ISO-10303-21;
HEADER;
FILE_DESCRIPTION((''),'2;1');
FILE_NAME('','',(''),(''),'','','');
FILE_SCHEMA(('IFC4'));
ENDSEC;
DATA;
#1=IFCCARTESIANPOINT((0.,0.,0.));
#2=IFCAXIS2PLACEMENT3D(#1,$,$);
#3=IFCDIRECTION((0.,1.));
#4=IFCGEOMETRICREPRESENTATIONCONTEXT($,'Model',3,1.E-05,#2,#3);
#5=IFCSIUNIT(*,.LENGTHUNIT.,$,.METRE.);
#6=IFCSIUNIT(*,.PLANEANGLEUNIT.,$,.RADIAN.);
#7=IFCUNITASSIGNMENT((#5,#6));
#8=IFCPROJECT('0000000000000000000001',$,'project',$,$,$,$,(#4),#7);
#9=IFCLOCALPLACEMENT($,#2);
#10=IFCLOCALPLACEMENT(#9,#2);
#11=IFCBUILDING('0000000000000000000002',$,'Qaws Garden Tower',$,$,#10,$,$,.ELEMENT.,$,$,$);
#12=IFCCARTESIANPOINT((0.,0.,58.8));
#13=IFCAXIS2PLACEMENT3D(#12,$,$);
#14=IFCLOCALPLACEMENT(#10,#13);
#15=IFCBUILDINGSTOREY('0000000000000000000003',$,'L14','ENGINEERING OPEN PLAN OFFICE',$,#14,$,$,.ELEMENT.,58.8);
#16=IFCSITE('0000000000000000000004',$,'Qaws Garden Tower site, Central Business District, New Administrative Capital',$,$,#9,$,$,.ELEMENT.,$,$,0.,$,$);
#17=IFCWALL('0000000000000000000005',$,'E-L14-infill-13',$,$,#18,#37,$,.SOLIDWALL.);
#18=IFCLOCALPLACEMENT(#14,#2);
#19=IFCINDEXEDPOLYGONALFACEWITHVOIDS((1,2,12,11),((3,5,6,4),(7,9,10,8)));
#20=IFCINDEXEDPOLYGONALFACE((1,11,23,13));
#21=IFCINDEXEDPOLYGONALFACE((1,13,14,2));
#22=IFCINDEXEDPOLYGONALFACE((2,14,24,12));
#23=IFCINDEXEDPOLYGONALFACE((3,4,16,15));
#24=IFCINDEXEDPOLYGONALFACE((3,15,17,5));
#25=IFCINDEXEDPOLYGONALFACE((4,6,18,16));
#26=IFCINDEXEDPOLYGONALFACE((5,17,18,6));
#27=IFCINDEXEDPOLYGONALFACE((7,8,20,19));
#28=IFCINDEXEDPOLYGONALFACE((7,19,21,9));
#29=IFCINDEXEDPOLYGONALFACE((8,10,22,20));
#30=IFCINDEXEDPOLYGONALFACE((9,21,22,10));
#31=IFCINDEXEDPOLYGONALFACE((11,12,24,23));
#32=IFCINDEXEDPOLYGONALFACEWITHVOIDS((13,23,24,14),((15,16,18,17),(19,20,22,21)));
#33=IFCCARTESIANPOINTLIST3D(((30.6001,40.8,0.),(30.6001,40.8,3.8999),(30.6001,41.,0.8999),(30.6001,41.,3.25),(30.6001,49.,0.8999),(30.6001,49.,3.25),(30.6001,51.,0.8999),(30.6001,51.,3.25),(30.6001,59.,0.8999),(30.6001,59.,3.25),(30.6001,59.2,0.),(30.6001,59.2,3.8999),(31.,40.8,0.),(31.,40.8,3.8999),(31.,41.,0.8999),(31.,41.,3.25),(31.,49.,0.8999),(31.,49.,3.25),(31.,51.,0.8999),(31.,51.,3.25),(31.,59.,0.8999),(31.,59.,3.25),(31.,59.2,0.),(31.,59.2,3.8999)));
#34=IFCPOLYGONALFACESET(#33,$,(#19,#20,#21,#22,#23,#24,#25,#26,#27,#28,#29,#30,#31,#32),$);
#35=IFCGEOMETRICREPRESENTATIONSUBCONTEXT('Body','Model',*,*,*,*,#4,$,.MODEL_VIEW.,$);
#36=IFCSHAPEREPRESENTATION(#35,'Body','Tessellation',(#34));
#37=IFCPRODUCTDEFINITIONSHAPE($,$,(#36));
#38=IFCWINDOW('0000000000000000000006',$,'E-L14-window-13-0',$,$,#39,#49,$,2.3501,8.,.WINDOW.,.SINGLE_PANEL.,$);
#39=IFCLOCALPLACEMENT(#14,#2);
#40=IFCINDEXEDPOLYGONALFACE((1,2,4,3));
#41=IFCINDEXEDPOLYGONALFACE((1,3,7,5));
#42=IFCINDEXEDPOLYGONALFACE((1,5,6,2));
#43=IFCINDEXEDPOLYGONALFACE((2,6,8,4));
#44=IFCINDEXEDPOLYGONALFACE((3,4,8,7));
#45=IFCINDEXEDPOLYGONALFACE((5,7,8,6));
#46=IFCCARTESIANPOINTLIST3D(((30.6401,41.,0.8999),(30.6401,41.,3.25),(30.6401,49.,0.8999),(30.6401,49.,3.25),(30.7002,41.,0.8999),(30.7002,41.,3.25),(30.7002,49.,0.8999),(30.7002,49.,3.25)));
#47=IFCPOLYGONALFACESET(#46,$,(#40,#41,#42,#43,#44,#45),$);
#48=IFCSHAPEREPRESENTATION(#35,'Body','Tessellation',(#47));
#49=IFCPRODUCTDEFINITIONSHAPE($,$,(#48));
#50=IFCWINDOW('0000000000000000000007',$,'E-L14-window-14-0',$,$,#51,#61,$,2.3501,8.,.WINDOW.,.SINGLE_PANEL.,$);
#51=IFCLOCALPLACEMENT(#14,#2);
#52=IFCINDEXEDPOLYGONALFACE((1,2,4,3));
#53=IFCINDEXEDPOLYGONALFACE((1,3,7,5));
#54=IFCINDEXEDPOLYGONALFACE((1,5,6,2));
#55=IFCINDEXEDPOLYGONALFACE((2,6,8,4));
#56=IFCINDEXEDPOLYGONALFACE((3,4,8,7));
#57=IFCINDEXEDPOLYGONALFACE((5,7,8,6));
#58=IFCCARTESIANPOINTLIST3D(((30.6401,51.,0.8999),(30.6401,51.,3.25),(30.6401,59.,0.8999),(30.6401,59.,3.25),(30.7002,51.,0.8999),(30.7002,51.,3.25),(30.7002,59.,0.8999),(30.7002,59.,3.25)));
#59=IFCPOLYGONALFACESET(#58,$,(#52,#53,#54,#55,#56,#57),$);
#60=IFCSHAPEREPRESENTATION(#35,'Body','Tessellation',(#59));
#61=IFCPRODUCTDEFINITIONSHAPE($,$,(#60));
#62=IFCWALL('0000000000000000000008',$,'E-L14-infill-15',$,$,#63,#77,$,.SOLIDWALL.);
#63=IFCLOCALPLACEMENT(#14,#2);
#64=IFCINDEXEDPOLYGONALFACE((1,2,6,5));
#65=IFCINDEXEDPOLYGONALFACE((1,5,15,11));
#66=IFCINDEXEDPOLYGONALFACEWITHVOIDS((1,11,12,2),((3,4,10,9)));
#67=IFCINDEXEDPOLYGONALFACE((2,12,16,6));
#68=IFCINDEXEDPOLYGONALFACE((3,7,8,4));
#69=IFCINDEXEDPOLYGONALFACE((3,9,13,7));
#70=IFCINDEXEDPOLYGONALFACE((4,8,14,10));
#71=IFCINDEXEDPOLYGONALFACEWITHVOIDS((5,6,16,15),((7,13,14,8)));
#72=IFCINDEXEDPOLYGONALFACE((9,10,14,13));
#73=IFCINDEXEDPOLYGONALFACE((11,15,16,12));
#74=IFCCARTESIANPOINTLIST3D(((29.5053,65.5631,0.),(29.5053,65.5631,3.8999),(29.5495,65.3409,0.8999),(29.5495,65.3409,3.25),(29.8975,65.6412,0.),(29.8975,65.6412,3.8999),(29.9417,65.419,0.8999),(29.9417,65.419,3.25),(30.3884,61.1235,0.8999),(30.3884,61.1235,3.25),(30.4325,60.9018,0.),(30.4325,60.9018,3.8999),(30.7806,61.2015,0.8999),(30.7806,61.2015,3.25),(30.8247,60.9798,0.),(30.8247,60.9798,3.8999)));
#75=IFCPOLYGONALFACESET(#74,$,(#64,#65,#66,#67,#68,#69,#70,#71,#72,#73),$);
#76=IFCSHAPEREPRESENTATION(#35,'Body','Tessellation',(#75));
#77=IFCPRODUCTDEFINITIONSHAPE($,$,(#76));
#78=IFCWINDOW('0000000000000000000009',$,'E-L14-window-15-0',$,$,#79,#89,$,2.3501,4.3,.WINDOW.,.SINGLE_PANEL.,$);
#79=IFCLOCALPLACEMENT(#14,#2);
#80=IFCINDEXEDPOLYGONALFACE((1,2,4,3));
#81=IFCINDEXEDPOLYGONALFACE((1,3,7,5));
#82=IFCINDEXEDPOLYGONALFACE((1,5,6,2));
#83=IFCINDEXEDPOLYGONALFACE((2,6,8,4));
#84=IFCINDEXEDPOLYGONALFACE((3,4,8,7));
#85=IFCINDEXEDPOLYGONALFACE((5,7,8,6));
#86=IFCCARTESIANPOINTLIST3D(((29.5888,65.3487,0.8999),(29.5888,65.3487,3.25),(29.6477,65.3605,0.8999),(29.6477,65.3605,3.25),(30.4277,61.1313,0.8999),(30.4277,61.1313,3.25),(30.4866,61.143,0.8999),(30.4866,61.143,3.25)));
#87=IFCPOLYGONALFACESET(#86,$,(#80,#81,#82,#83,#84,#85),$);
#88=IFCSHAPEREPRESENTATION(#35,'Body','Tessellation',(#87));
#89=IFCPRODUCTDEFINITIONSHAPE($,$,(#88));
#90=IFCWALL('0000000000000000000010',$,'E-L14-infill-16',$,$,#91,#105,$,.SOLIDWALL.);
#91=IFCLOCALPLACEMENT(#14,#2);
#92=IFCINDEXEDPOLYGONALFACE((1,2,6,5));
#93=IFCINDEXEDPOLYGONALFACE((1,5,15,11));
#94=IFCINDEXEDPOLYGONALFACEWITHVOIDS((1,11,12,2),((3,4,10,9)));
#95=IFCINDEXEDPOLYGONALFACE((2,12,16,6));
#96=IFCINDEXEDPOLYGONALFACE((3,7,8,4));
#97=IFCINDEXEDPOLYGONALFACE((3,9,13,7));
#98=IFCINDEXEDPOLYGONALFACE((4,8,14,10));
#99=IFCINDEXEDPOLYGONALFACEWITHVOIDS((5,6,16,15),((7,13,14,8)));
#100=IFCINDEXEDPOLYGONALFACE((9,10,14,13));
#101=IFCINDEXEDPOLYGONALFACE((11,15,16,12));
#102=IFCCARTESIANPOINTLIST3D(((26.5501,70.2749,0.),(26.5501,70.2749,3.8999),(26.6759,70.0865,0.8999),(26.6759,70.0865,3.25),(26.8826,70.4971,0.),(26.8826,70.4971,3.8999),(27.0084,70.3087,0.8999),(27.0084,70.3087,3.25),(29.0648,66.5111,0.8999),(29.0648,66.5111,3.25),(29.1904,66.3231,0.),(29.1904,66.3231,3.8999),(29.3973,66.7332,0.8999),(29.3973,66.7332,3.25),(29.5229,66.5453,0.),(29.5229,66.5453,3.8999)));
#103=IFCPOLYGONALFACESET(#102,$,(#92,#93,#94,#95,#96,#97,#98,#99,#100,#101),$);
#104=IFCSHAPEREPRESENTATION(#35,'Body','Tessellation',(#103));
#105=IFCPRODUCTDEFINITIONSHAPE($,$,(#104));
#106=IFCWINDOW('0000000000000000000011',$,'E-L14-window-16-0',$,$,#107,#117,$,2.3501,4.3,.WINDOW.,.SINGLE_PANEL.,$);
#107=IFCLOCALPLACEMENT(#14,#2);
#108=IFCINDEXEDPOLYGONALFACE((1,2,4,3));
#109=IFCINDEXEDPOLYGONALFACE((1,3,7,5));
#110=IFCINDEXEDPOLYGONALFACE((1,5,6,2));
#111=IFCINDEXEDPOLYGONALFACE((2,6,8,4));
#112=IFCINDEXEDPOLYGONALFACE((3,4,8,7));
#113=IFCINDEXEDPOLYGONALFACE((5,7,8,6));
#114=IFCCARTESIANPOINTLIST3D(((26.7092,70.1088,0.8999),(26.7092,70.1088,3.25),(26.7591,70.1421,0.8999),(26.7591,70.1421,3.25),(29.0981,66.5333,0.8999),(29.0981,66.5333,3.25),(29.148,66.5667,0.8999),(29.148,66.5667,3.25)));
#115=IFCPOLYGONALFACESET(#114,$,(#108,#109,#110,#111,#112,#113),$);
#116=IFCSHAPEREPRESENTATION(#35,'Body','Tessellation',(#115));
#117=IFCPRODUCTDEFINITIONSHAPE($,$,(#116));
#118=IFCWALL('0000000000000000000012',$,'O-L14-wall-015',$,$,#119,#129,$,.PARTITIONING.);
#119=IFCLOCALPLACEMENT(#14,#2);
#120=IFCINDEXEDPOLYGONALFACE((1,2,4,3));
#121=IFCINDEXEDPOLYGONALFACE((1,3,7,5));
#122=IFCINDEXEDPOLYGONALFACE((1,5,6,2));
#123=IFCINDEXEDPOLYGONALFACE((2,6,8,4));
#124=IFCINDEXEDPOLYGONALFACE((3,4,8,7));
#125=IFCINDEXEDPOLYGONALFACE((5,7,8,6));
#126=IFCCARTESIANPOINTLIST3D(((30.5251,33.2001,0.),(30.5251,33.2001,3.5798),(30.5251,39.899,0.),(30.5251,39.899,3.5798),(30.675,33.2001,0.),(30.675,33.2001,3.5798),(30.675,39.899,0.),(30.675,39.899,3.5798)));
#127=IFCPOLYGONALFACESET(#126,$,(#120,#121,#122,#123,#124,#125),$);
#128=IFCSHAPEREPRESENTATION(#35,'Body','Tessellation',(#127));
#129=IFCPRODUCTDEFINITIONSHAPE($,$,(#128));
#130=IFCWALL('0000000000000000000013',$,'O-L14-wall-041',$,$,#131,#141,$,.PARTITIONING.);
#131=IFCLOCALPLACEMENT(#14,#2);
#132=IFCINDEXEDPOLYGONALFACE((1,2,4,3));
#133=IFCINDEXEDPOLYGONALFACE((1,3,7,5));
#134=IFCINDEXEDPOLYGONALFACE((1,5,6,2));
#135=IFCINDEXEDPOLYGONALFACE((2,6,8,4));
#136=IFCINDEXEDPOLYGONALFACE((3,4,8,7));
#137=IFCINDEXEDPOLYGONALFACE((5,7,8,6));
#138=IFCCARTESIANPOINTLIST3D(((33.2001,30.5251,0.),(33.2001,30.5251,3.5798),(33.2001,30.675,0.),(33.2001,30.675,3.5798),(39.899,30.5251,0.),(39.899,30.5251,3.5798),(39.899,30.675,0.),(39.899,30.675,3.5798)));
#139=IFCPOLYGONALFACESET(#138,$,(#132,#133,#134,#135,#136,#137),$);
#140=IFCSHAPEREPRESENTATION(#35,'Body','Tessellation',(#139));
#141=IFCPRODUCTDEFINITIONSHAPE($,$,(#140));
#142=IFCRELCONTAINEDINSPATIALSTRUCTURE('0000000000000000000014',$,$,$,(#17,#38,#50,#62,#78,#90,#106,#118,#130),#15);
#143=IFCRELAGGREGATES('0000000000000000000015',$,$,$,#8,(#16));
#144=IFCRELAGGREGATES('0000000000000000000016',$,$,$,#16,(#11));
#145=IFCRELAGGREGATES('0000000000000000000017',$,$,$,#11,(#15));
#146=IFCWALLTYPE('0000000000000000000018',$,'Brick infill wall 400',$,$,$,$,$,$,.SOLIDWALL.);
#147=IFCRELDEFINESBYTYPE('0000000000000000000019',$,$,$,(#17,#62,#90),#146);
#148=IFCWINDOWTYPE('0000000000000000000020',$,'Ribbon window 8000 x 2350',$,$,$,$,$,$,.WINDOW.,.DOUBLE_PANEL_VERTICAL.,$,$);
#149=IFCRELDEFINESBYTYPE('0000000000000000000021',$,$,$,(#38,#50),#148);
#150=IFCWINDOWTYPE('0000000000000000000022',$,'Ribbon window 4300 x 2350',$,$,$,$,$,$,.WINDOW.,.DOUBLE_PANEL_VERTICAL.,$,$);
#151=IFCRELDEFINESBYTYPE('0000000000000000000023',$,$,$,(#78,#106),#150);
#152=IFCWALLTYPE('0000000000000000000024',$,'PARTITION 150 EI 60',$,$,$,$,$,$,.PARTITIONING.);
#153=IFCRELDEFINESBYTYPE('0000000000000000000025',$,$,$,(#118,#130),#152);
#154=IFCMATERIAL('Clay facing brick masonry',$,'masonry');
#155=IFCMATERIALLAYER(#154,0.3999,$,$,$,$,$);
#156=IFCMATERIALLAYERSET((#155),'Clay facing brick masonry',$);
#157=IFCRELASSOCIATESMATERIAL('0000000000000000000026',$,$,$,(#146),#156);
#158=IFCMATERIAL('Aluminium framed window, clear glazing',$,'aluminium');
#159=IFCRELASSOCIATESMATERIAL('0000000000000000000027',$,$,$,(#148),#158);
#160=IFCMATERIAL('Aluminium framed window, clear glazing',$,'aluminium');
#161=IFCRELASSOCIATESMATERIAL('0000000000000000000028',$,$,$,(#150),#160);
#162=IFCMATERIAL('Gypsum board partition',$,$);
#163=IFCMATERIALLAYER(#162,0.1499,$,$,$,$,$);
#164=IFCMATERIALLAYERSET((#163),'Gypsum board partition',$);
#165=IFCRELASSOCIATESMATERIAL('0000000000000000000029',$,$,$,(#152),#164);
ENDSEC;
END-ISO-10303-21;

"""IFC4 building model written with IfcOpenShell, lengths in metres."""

from ifc_helpers import new_model, si_unit, direction, frame, frame_2d, origin, place, context, subcontext, project, spatial, rectangle, extrude, material, layer, layer_set, type_object, element, fill, save


model = new_model("IFC4")

# Units and contexts
model_context = context("Model", 3, precision=1e-05, world=origin(), true_north=direction((0.0, 1.0)))
body_context = subcontext(model_context, "Body", "Model", "MODEL_VIEW")
ifc_project = project(units=[si_unit("LENGTHUNIT", "METRE"), si_unit("PLANEANGLEUNIT", "RADIAN")], contexts=[model_context])

# Site, building, storey
site_placement = place(None, origin())
site = spatial("IfcSite", under=ifc_project, at=site_placement, Name="Qaws Garden Tower site, Central Business District, New Administrative Capital", CompositionType="ELEMENT", RefElevation=0.0)
building_placement = place(site_placement, origin())
building = spatial("IfcBuilding", under=site, at=building_placement, Name="Qaws Garden Tower", CompositionType="ELEMENT")
storey_placement = place(building_placement, frame((0.0, 0.0, 58.8)))
storey = spatial("IfcBuildingStorey", under=building, at=storey_placement, Name="L14", Description="ENGINEERING OPEN PLAN OFFICE", CompositionType="ELEMENT", Elevation=58.8)

# Shared definitions
ifc_material_1 = material(Name="Clay facing brick masonry", Category="masonry")
ifc_layer_1 = layer(ifc_material_1, 0.3999)
ifc_layer_set_1 = layer_set([ifc_layer_1], Name="Clay facing brick masonry")
wall_type_1 = type_object("IfcWallType", Name="Brick infill wall 400", PredefinedType="SOLIDWALL", material=ifc_layer_set_1)
ifc_material_2 = material(Name="Aluminium framed window, clear glazing", Category="aluminium")
window_type_1 = type_object("IfcWindowType", Name="Ribbon window 8000 x 2350", PartitioningType="DOUBLE_PANEL_VERTICAL", PredefinedType="WINDOW", material=ifc_material_2)

# Wall, openings, windows
wall_1_placement = place(storey_placement, frame((30.8, 40.8, 0.0), z_axis=(0.0, 0.0, 1.0), x_axis=(0.0, 1.0, 0.0)))
wall_1 = element("IfcWall", 1, at=wall_1_placement, inside=storey, type_object=wall_type_1, Name="E-L14-infill-13", PredefinedType="SOLIDWALL", context=body_context, shape_type="SweptSolid", body=[
    extrude(rectangle(XDim=18.3999, YDim=0.3999, at=frame_2d((9.2, 0.0))), origin(), (0.0, 0.0, 1.0), 3.8999),
])
opening_1_placement = place(wall_1_placement, frame((0.2, 0.0, 0.8999)))
opening_1 = element("IfcOpeningElement", 2, at=opening_1_placement, cuts=wall_1, PredefinedType="OPENING", context=body_context, shape_type="SweptSolid", body=[
    extrude(rectangle(XDim=8.0, YDim=2.3501, at=frame_2d((4.0, 1.175))), frame((0.0, 0.21, 0.0), z_axis=(0.0, -1.0, 0.0), x_axis=(1.0, 0.0, 0.0)), (0.0, 0.0, 1.0), 0.4199),
])
opening_2_placement = place(wall_1_placement, frame((10.2, 0.0, 0.8999)))
opening_2 = element("IfcOpeningElement", 3, at=opening_2_placement, cuts=wall_1, PredefinedType="OPENING", context=body_context, shape_type="SweptSolid", body=[
    extrude(rectangle(XDim=8.0, YDim=2.3501, at=frame_2d((4.0, 1.175))), frame((0.0, 0.21, 0.0), z_axis=(0.0, -1.0, 0.0), x_axis=(1.0, 0.0, 0.0)), (0.0, 0.0, 1.0), 0.4199),
])
window_1_placement = place(opening_1_placement, origin())
window_1 = element("IfcWindow", 4, at=window_1_placement, inside=storey, type_object=window_type_1, Name="E-L14-window-13-0", OverallHeight=2.3501, OverallWidth=8.0, PartitioningType="SINGLE_PANEL", PredefinedType="WINDOW", context=body_context, shape_type="SweptSolid", body=[
    extrude(rectangle(XDim=8.0, YDim=2.3501, at=frame_2d((4.0, 1.175))), frame((0.0, 0.1599, 0.0), z_axis=(0.0, -1.0, 0.0), x_axis=(1.0, 0.0, 0.0)), (0.0, 0.0, 1.0), 0.0601),
])
fill(opening_1, window_1)
window_2_placement = place(opening_2_placement, origin())
window_2 = element("IfcWindow", 5, at=window_2_placement, inside=storey, type_object=window_type_1, Name="E-L14-window-14-0", OverallHeight=2.3501, OverallWidth=8.0, PartitioningType="SINGLE_PANEL", PredefinedType="WINDOW", context=body_context, shape_type="SweptSolid", body=[
    extrude(rectangle(XDim=8.0, YDim=2.3501, at=frame_2d((4.0, 1.175))), frame((0.0, 0.1599, 0.0), z_axis=(0.0, -1.0, 0.0), x_axis=(1.0, 0.0, 0.0)), (0.0, 0.0, 1.0), 0.0601),
])
fill(opening_2, window_2)

# Walls, openings, windows
wall_2_placement = place(storey_placement, frame((30.6287, 60.9407, 0.0), z_axis=(0.0, 0.0, 1.0), x_axis=(-0.195099, 0.980784, 0.0)))
wall_2 = element("IfcWall", 6, at=wall_2_placement, inside=storey, type_object=wall_type_1, Name="E-L14-infill-15", PredefinedType="SOLIDWALL", context=body_context, shape_type="SweptSolid", body=[
    extrude(rectangle(XDim=4.7527, YDim=0.3999, at=frame_2d((2.3765, 0.0))), origin(), (0.0, 0.0, 1.0), 3.8999),
])
opening_3_placement = place(wall_2_placement, frame((0.2263, 0.0, 0.8999)))
opening_3 = element("IfcOpeningElement", 7, at=opening_3_placement, cuts=wall_2, PredefinedType="OPENING", context=body_context, shape_type="SweptSolid", body=[
    extrude(rectangle(XDim=4.3, YDim=2.3501, at=frame_2d((2.1499, 1.175))), frame((0.0, 0.21, 0.0), z_axis=(0.0, -1.0, 0.0), x_axis=(1.0, 0.0, 0.0)), (0.0, 0.0, 1.0), 0.4199),
])
ifc_material_3 = material(Name="Aluminium framed window, clear glazing", Category="aluminium")
window_type_2 = type_object("IfcWindowType", Name="Ribbon window 4300 x 2350", PartitioningType="DOUBLE_PANEL_VERTICAL", PredefinedType="WINDOW", material=ifc_material_3)
window_3_placement = place(opening_3_placement, origin())
window_3 = element("IfcWindow", 8, at=window_3_placement, inside=storey, type_object=window_type_2, Name="E-L14-window-15-0", OverallHeight=2.3501, OverallWidth=4.3, PartitioningType="SINGLE_PANEL", PredefinedType="WINDOW", context=body_context, shape_type="SweptSolid", body=[
    extrude(rectangle(XDim=4.3, YDim=2.3501, at=frame_2d((2.1499, 1.175))), frame((0.0, 0.1599, 0.0), z_axis=(0.0, -1.0, 0.0), x_axis=(1.0, 0.0, 0.0)), (0.0, 0.0, 1.0), 0.0601),
])
fill(opening_3, window_3)
wall_3_placement = place(storey_placement, frame((29.3567, 66.4341, 0.0), z_axis=(0.0, 0.0, 1.0), x_axis=(-0.555542, 0.831489, 0.0)))
wall_3 = element("IfcWall", 9, at=wall_3_placement, inside=storey, type_object=wall_type_1, Name="E-L14-infill-16", PredefinedType="SOLIDWALL", context=body_context, shape_type="SweptSolid", body=[
    extrude(rectangle(XDim=4.7527, YDim=0.3999, at=frame_2d((2.3765, 0.0))), origin(), (0.0, 0.0, 1.0), 3.8999),
])
opening_4_placement = place(wall_3_placement, frame((0.2263, 0.0, 0.8999)))
opening_4 = element("IfcOpeningElement", 10, at=opening_4_placement, cuts=wall_3, PredefinedType="OPENING", context=body_context, shape_type="SweptSolid", body=[
    extrude(rectangle(XDim=4.3, YDim=2.3501, at=frame_2d((2.1499, 1.175))), frame((0.0, 0.21, 0.0), z_axis=(0.0, -1.0, 0.0), x_axis=(1.0, 0.0, 0.0)), (0.0, 0.0, 1.0), 0.4199),
])
window_4_placement = place(opening_4_placement, origin())
window_4 = element("IfcWindow", 11, at=window_4_placement, inside=storey, type_object=window_type_2, Name="E-L14-window-16-0", OverallHeight=2.3501, OverallWidth=4.3, PartitioningType="SINGLE_PANEL", PredefinedType="WINDOW", context=body_context, shape_type="SweptSolid", body=[
    extrude(rectangle(XDim=4.3, YDim=2.3501, at=frame_2d((2.1499, 1.175))), frame((0.0, 0.1599, 0.0), z_axis=(0.0, -1.0, 0.0), x_axis=(1.0, 0.0, 0.0)), (0.0, 0.0, 1.0), 0.0601),
])
fill(opening_4, window_4)

# Walls
ifc_material_4 = material(Name="Gypsum board partition")
ifc_layer_2 = layer(ifc_material_4, 0.1499)
ifc_layer_set_2 = layer_set([ifc_layer_2], Name="Gypsum board partition")
wall_type_2 = type_object("IfcWallType", Name="PARTITION 150 EI 60", PredefinedType="PARTITIONING", material=ifc_layer_set_2)
for number, where, z_axis, x_axis, name in (
    (12, (30.6001, 33.2, 0.0), (0.0, 0.0, 1.0), (0.0, 1.0, 0.0), "O-L14-wall-015"),
    (13, (33.2, 30.6001, 0.0), (0.0, 0.0, 1.0), (1.0, 0.0, 0.0), "O-L14-wall-041"),
):
    element("IfcWall", number, at=place(storey_placement, frame(where, z_axis=z_axis, x_axis=x_axis)), inside=storey, type_object=wall_type_2, Name=name, PredefinedType="PARTITIONING", context=body_context, shape_type="SweptSolid", body=[
        extrude(rectangle(XDim=6.699, YDim=0.1499, at=frame_2d((3.3496, 0.0))), origin(), (0.0, 0.0, 1.0), 3.5798),
    ])

save(model, "model.ifc")
